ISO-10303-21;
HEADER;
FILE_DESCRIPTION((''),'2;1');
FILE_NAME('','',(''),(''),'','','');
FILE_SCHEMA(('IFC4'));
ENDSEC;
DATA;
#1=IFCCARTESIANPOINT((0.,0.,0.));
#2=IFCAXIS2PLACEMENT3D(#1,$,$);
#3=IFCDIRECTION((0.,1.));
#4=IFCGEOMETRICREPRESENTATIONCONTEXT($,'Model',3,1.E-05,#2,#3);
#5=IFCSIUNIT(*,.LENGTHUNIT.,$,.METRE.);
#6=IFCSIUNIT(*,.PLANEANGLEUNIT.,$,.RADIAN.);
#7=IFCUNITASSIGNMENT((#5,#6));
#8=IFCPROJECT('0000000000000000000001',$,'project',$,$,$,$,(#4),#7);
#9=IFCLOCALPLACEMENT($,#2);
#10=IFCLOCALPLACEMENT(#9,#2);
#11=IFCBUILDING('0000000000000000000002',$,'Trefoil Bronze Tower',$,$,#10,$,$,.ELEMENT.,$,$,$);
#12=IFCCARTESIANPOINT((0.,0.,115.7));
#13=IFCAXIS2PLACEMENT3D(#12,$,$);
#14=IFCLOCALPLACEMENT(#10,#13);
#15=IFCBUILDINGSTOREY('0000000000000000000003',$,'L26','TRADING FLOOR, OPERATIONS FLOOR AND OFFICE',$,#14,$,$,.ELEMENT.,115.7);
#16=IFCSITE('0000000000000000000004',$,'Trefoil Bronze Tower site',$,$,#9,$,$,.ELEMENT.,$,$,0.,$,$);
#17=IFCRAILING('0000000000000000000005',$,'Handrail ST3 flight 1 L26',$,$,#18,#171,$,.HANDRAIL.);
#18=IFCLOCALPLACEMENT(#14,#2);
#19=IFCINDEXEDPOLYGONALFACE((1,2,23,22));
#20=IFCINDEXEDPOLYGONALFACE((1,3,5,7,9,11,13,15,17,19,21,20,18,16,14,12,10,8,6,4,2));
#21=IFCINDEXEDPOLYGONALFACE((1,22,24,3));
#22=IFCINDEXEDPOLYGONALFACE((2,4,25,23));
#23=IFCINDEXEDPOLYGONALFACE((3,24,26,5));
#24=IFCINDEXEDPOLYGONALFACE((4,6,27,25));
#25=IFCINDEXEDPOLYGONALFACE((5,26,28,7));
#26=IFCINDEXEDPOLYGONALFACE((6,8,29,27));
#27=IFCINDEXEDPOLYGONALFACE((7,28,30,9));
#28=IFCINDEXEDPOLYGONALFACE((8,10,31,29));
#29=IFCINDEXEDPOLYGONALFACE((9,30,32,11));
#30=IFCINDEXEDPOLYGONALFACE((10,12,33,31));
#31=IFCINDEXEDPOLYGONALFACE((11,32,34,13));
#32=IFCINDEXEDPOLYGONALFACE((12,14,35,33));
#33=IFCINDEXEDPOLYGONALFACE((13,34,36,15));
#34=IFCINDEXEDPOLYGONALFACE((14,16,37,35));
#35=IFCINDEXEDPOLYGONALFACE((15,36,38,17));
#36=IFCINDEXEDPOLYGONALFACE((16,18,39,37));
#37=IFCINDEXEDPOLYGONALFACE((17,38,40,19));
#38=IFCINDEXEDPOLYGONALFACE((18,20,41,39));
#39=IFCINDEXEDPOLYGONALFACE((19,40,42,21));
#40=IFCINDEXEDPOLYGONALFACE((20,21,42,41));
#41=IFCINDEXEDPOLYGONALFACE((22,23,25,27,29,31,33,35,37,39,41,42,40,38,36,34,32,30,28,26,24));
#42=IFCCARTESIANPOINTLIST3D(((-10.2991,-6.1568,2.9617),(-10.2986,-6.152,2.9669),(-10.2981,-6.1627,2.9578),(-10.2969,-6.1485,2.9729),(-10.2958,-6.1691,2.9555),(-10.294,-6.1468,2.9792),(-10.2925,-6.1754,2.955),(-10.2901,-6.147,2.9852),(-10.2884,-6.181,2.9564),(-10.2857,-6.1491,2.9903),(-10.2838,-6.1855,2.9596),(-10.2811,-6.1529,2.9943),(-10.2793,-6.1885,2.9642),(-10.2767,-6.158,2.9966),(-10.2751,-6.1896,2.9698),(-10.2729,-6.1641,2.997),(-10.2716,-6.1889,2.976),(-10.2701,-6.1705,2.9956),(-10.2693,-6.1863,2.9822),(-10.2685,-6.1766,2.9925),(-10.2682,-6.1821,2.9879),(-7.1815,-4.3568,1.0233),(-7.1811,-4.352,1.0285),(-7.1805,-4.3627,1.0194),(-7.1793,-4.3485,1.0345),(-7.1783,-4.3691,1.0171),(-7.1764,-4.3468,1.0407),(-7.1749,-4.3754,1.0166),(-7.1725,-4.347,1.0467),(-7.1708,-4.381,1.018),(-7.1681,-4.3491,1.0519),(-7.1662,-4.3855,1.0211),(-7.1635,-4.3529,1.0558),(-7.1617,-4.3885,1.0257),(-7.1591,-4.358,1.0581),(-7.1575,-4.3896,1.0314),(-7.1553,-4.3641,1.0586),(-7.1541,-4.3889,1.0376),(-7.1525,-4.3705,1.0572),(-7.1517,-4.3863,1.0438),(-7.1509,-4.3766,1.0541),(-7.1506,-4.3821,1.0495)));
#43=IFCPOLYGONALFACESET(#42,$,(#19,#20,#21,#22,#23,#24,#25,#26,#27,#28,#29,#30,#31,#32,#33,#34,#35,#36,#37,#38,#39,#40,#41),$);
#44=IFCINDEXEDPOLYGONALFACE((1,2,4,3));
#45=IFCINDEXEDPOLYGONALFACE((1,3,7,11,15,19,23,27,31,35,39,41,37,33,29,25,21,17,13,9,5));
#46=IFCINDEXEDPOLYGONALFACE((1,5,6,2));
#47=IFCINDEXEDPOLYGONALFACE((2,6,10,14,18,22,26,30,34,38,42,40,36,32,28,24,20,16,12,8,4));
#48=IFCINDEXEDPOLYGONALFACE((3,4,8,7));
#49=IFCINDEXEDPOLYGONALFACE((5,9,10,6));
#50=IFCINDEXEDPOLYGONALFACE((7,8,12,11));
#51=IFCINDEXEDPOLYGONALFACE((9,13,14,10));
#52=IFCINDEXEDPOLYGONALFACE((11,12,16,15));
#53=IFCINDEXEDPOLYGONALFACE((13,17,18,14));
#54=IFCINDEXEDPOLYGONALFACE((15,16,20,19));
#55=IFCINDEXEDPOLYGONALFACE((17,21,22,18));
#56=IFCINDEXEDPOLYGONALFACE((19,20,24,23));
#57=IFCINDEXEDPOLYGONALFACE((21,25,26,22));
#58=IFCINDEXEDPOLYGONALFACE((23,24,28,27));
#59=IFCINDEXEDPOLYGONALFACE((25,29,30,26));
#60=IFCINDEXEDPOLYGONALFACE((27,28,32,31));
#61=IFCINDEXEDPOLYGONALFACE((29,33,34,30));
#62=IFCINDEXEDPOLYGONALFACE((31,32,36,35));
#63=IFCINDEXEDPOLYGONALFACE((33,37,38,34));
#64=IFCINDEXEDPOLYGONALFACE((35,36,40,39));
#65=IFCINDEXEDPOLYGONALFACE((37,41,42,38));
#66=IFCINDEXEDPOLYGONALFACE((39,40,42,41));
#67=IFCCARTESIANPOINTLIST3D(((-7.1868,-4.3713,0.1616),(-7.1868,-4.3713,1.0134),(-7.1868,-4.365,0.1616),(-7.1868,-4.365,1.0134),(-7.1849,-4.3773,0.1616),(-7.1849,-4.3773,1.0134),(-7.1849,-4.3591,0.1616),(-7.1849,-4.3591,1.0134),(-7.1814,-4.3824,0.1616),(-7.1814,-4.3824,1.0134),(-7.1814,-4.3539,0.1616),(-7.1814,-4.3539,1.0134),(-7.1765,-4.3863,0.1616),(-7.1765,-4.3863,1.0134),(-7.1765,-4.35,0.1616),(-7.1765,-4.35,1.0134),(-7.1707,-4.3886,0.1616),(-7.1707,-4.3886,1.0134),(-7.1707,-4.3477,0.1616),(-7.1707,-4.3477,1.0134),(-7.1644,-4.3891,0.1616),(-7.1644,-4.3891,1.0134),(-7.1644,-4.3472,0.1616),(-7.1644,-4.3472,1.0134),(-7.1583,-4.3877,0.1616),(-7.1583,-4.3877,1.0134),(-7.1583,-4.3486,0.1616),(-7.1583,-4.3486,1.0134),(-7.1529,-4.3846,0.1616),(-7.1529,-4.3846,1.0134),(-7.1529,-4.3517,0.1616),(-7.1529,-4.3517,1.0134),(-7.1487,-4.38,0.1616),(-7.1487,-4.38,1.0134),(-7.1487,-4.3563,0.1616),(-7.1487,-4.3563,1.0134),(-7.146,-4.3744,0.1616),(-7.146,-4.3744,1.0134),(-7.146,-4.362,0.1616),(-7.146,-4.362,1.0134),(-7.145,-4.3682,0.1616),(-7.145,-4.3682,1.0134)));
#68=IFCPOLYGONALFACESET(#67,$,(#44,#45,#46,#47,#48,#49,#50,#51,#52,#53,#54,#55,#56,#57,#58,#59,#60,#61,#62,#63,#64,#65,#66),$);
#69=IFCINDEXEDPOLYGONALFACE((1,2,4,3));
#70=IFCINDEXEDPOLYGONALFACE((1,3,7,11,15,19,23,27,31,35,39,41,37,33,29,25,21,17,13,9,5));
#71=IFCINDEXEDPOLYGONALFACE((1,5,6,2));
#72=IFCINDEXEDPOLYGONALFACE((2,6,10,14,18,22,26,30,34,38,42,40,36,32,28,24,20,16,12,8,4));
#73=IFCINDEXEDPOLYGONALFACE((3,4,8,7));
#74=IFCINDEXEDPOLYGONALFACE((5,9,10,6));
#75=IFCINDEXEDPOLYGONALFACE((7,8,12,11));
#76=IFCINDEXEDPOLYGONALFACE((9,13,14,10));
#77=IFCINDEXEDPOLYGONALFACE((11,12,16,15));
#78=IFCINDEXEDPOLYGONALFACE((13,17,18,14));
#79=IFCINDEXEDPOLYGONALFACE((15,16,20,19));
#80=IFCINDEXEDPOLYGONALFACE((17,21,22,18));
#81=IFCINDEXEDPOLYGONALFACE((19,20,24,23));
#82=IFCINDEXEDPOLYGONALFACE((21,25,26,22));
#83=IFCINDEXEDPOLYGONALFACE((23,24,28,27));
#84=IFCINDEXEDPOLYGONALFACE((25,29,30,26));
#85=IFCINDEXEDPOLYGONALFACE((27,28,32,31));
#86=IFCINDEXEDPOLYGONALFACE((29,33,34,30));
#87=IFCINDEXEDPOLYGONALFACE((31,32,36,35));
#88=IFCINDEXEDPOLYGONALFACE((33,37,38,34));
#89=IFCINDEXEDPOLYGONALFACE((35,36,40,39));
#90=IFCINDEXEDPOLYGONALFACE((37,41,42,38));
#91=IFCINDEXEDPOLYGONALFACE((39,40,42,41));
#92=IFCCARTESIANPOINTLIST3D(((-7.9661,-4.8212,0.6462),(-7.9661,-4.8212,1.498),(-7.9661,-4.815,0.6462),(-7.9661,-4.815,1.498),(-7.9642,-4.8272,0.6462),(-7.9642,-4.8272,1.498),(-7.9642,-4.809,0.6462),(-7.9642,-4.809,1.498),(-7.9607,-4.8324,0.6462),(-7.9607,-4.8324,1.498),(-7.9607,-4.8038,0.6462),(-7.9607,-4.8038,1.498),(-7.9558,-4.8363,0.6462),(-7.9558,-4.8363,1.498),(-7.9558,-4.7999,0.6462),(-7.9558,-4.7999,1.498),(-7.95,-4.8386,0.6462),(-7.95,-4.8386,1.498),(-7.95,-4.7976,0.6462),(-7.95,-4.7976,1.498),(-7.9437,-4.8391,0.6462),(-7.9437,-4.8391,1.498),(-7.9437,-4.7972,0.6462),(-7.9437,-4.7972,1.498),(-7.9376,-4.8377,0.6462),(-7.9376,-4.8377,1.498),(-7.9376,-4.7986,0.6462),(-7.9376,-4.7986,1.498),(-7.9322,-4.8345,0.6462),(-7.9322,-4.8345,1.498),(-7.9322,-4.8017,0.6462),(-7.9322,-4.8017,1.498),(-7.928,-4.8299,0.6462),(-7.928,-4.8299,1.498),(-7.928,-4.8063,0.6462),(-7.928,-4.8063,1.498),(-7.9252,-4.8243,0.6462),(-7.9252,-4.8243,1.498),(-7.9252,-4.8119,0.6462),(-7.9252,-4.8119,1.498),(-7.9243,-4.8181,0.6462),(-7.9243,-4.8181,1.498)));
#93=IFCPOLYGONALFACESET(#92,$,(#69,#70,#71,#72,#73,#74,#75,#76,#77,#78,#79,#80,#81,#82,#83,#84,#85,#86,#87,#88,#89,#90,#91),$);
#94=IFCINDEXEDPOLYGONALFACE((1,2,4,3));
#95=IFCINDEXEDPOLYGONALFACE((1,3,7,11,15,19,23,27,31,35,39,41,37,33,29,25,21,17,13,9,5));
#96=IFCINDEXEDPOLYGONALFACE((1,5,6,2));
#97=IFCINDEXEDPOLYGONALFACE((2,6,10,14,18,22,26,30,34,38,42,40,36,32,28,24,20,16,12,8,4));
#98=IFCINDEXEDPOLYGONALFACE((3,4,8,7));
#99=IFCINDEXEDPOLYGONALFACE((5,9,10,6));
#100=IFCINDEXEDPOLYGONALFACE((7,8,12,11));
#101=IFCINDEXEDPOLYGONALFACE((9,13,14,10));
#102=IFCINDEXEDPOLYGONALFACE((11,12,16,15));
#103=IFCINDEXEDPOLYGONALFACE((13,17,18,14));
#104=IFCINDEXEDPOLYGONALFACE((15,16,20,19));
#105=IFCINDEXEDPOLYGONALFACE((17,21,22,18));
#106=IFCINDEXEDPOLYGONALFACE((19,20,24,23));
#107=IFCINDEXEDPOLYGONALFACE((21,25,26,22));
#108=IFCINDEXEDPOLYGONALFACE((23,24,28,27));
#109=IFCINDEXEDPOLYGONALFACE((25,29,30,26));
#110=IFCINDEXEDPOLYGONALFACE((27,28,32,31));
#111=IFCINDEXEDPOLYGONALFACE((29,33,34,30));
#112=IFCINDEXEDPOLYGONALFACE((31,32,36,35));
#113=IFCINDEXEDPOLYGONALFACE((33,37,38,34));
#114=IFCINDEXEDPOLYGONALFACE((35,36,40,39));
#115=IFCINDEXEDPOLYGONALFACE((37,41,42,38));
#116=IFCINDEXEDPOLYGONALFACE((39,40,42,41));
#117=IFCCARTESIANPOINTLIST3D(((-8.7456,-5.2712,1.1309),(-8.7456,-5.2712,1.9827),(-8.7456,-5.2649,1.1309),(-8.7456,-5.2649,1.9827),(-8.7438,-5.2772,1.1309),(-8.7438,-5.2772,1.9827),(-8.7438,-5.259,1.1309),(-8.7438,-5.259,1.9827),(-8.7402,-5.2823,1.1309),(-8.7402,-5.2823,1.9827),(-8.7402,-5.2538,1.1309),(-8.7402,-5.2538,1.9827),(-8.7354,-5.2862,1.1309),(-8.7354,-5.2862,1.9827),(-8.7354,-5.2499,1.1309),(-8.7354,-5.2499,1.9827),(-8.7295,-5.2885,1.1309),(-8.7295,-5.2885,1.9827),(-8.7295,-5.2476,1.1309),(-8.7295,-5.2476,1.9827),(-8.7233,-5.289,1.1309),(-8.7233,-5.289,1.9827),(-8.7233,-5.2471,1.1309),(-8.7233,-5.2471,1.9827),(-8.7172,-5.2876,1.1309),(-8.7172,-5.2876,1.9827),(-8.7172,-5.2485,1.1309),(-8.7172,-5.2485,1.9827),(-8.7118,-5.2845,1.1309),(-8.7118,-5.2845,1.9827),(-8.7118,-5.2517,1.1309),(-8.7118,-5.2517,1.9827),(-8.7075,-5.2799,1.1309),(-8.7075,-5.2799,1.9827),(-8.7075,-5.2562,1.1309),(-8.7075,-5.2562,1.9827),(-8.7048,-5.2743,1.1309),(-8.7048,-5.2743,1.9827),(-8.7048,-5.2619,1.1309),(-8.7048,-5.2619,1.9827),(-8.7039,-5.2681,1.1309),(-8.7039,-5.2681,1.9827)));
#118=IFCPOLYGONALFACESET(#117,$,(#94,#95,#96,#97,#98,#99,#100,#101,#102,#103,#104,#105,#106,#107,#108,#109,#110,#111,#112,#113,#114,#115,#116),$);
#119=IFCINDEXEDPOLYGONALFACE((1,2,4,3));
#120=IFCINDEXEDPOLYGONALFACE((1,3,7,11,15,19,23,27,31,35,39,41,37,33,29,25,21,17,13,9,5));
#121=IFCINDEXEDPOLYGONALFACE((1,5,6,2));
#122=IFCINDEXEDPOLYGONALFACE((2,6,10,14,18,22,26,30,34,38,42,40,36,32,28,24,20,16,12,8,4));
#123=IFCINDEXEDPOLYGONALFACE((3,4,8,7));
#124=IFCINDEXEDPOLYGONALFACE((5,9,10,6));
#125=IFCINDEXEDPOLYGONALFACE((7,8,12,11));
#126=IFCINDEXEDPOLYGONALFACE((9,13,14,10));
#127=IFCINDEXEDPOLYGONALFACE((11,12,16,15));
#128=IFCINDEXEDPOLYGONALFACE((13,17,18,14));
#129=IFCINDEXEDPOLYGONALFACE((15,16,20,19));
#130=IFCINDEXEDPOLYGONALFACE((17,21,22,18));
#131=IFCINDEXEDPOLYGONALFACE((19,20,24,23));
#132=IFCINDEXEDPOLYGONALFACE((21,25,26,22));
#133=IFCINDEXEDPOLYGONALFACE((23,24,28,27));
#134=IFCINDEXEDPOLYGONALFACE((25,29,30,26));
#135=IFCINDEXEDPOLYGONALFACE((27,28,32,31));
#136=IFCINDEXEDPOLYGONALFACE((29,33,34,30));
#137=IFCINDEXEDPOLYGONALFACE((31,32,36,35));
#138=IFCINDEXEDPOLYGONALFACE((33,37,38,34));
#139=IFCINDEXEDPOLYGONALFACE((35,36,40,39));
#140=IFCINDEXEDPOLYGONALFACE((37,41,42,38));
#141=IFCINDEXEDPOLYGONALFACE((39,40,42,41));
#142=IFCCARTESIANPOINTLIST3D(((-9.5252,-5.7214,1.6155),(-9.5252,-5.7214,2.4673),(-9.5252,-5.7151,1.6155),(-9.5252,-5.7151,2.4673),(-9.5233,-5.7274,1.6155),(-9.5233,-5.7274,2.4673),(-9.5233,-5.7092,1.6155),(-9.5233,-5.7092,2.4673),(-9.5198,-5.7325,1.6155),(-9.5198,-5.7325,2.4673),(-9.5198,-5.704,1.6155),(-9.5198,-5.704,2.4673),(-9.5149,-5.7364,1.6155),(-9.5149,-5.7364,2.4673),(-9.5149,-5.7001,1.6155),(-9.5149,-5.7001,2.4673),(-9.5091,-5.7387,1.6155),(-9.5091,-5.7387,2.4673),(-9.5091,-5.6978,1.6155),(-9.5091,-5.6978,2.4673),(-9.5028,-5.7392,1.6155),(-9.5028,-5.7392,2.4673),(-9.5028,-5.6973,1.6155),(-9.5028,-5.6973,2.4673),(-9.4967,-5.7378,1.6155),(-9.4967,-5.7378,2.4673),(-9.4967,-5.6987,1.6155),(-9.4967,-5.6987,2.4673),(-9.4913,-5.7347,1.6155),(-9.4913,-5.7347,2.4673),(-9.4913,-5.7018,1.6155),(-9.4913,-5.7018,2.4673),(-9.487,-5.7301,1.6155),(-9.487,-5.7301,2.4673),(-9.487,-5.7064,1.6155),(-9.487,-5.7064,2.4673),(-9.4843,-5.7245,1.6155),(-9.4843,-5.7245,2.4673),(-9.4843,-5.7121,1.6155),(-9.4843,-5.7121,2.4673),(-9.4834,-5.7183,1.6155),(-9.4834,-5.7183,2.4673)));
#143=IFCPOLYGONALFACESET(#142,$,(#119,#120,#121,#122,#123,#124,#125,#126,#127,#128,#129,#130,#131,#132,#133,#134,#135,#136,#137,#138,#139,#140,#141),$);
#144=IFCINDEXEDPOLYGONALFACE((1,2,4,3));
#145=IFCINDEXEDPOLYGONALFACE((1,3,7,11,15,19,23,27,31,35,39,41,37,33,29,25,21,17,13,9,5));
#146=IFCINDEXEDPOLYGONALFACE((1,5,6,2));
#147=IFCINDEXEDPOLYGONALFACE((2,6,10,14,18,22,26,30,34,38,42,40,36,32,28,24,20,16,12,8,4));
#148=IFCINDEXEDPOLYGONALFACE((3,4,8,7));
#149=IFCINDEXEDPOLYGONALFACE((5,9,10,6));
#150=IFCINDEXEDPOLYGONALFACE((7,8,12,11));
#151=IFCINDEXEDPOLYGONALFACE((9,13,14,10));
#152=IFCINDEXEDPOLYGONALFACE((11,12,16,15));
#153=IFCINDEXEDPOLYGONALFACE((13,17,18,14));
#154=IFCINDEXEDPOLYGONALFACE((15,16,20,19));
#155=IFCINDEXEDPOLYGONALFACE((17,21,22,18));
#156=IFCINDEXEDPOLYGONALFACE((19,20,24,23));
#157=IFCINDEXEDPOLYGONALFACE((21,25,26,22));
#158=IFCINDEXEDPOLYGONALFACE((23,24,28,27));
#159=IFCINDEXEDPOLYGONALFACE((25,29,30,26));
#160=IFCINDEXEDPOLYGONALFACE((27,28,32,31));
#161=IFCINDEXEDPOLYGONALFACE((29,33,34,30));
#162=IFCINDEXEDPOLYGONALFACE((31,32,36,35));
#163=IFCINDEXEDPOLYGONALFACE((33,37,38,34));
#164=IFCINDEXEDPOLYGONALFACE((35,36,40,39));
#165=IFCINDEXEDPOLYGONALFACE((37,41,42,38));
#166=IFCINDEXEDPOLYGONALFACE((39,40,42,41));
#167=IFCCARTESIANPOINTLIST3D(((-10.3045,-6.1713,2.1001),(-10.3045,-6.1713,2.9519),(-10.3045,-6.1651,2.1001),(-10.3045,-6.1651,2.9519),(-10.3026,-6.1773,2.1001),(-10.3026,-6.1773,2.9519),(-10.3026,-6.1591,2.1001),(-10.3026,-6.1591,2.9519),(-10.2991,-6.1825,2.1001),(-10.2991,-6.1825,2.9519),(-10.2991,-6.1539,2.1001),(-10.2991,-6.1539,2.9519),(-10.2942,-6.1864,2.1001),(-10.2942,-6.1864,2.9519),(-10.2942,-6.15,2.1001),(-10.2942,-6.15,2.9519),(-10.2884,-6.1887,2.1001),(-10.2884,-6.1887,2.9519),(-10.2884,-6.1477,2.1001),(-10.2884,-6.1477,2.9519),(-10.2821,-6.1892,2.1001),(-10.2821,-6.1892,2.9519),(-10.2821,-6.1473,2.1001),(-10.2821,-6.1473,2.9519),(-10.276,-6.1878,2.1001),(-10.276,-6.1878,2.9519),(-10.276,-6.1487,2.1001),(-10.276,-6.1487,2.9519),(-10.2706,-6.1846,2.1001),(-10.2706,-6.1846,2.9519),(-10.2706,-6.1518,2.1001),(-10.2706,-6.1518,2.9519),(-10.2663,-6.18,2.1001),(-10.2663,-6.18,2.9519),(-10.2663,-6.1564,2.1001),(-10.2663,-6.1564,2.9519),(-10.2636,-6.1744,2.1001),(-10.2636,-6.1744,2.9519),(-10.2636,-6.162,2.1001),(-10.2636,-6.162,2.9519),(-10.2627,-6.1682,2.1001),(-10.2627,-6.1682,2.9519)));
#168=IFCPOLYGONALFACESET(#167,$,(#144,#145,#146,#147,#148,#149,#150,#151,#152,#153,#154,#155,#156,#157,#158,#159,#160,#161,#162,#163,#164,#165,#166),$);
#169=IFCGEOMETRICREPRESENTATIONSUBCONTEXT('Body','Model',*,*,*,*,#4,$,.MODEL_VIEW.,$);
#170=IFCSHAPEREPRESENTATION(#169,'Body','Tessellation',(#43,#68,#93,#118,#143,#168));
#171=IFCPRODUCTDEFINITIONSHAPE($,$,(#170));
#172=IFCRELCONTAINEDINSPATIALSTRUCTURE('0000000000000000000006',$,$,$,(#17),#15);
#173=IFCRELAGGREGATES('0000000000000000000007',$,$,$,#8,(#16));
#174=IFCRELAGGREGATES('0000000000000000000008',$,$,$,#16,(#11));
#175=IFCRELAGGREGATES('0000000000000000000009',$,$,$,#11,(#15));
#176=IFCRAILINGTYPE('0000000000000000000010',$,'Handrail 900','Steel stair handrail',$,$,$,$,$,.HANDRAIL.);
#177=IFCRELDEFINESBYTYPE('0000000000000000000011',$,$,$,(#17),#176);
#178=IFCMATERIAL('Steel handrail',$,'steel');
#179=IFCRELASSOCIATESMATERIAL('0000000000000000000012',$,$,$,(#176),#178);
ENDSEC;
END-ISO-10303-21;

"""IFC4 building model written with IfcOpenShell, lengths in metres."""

from ifc_helpers import new_model, si_unit, direction, frame, origin, origin_2d, place, context, subcontext, project, spatial, circle, extrude, material, type_object, element, save


model = new_model("IFC4")

# Units and contexts
model_context = context("Model", 3, precision=1e-05, world=origin(), true_north=direction((0.0, 1.0)))
body_context = subcontext(model_context, "Body", "Model", "MODEL_VIEW")
ifc_project = project(units=[si_unit("LENGTHUNIT", "METRE"), si_unit("PLANEANGLEUNIT", "RADIAN")], contexts=[model_context])

# Site, building, storey
site_placement = place(None, origin())
site = spatial("IfcSite", under=ifc_project, at=site_placement, Name="Trefoil Bronze Tower site", CompositionType="ELEMENT", RefElevation=0.0)
building_placement = place(site_placement, origin())
building = spatial("IfcBuilding", under=site, at=building_placement, Name="Trefoil Bronze Tower", CompositionType="ELEMENT")
storey_placement = place(building_placement, frame((0.0, 0.0, 115.7)))
storey = spatial("IfcBuildingStorey", under=building, at=storey_placement, Name="L26", Description="TRADING FLOOR, OPERATIONS FLOOR AND OFFICE", CompositionType="ELEMENT", Elevation=115.7)

# Railing
ifc_material_1 = material(Name="Steel handrail", Category="steel")
railing_type = type_object("IfcRailingType", Name="Handrail 900", Description="Steel stair handrail", PredefinedType="HANDRAIL", material=ifc_material_1)
railing_1_placement = place(storey_placement, frame((-7.166, -4.3682, 0.1616)))
element("IfcRailing", 1, at=railing_1_placement, inside=storey, type_object=railing_type, Name="Handrail ST3 flight 1 L26", PredefinedType="HANDRAIL", context=body_context, shape_type="SweptSolid", body=[
    extrude(circle(Radius=0.0239, at=origin_2d()), frame((0.0, 0.0, 0.876), z_axis=(-0.762503, -0.440246, 0.474102), x_axis=(0.500012, -0.866018, 0.0)), (0.0, 0.0, 1.0), 4.0886),
    extrude(circle(Radius=0.021, at=origin_2d()), origin(), (0.0, 0.0, 1.0), 0.8518),
    extrude(circle(Radius=0.021, at=origin_2d()), frame((-0.7793, -0.45, 0.4846)), (0.0, 0.0, 1.0), 0.8518),
    extrude(circle(Radius=0.021, at=origin_2d()), frame((-1.5588, -0.8999, 0.9692)), (0.0, 0.0, 1.0), 0.8518),
    extrude(circle(Radius=0.021, at=origin_2d()), frame((-2.3384, -1.3501, 1.4539)), (0.0, 0.0, 1.0), 0.8518),
    extrude(circle(Radius=0.021, at=origin_2d()), frame((-3.1177, -1.8, 1.9385)), (0.0, 0.0, 1.0), 0.8518),
])

save(model, "model.ifc")
